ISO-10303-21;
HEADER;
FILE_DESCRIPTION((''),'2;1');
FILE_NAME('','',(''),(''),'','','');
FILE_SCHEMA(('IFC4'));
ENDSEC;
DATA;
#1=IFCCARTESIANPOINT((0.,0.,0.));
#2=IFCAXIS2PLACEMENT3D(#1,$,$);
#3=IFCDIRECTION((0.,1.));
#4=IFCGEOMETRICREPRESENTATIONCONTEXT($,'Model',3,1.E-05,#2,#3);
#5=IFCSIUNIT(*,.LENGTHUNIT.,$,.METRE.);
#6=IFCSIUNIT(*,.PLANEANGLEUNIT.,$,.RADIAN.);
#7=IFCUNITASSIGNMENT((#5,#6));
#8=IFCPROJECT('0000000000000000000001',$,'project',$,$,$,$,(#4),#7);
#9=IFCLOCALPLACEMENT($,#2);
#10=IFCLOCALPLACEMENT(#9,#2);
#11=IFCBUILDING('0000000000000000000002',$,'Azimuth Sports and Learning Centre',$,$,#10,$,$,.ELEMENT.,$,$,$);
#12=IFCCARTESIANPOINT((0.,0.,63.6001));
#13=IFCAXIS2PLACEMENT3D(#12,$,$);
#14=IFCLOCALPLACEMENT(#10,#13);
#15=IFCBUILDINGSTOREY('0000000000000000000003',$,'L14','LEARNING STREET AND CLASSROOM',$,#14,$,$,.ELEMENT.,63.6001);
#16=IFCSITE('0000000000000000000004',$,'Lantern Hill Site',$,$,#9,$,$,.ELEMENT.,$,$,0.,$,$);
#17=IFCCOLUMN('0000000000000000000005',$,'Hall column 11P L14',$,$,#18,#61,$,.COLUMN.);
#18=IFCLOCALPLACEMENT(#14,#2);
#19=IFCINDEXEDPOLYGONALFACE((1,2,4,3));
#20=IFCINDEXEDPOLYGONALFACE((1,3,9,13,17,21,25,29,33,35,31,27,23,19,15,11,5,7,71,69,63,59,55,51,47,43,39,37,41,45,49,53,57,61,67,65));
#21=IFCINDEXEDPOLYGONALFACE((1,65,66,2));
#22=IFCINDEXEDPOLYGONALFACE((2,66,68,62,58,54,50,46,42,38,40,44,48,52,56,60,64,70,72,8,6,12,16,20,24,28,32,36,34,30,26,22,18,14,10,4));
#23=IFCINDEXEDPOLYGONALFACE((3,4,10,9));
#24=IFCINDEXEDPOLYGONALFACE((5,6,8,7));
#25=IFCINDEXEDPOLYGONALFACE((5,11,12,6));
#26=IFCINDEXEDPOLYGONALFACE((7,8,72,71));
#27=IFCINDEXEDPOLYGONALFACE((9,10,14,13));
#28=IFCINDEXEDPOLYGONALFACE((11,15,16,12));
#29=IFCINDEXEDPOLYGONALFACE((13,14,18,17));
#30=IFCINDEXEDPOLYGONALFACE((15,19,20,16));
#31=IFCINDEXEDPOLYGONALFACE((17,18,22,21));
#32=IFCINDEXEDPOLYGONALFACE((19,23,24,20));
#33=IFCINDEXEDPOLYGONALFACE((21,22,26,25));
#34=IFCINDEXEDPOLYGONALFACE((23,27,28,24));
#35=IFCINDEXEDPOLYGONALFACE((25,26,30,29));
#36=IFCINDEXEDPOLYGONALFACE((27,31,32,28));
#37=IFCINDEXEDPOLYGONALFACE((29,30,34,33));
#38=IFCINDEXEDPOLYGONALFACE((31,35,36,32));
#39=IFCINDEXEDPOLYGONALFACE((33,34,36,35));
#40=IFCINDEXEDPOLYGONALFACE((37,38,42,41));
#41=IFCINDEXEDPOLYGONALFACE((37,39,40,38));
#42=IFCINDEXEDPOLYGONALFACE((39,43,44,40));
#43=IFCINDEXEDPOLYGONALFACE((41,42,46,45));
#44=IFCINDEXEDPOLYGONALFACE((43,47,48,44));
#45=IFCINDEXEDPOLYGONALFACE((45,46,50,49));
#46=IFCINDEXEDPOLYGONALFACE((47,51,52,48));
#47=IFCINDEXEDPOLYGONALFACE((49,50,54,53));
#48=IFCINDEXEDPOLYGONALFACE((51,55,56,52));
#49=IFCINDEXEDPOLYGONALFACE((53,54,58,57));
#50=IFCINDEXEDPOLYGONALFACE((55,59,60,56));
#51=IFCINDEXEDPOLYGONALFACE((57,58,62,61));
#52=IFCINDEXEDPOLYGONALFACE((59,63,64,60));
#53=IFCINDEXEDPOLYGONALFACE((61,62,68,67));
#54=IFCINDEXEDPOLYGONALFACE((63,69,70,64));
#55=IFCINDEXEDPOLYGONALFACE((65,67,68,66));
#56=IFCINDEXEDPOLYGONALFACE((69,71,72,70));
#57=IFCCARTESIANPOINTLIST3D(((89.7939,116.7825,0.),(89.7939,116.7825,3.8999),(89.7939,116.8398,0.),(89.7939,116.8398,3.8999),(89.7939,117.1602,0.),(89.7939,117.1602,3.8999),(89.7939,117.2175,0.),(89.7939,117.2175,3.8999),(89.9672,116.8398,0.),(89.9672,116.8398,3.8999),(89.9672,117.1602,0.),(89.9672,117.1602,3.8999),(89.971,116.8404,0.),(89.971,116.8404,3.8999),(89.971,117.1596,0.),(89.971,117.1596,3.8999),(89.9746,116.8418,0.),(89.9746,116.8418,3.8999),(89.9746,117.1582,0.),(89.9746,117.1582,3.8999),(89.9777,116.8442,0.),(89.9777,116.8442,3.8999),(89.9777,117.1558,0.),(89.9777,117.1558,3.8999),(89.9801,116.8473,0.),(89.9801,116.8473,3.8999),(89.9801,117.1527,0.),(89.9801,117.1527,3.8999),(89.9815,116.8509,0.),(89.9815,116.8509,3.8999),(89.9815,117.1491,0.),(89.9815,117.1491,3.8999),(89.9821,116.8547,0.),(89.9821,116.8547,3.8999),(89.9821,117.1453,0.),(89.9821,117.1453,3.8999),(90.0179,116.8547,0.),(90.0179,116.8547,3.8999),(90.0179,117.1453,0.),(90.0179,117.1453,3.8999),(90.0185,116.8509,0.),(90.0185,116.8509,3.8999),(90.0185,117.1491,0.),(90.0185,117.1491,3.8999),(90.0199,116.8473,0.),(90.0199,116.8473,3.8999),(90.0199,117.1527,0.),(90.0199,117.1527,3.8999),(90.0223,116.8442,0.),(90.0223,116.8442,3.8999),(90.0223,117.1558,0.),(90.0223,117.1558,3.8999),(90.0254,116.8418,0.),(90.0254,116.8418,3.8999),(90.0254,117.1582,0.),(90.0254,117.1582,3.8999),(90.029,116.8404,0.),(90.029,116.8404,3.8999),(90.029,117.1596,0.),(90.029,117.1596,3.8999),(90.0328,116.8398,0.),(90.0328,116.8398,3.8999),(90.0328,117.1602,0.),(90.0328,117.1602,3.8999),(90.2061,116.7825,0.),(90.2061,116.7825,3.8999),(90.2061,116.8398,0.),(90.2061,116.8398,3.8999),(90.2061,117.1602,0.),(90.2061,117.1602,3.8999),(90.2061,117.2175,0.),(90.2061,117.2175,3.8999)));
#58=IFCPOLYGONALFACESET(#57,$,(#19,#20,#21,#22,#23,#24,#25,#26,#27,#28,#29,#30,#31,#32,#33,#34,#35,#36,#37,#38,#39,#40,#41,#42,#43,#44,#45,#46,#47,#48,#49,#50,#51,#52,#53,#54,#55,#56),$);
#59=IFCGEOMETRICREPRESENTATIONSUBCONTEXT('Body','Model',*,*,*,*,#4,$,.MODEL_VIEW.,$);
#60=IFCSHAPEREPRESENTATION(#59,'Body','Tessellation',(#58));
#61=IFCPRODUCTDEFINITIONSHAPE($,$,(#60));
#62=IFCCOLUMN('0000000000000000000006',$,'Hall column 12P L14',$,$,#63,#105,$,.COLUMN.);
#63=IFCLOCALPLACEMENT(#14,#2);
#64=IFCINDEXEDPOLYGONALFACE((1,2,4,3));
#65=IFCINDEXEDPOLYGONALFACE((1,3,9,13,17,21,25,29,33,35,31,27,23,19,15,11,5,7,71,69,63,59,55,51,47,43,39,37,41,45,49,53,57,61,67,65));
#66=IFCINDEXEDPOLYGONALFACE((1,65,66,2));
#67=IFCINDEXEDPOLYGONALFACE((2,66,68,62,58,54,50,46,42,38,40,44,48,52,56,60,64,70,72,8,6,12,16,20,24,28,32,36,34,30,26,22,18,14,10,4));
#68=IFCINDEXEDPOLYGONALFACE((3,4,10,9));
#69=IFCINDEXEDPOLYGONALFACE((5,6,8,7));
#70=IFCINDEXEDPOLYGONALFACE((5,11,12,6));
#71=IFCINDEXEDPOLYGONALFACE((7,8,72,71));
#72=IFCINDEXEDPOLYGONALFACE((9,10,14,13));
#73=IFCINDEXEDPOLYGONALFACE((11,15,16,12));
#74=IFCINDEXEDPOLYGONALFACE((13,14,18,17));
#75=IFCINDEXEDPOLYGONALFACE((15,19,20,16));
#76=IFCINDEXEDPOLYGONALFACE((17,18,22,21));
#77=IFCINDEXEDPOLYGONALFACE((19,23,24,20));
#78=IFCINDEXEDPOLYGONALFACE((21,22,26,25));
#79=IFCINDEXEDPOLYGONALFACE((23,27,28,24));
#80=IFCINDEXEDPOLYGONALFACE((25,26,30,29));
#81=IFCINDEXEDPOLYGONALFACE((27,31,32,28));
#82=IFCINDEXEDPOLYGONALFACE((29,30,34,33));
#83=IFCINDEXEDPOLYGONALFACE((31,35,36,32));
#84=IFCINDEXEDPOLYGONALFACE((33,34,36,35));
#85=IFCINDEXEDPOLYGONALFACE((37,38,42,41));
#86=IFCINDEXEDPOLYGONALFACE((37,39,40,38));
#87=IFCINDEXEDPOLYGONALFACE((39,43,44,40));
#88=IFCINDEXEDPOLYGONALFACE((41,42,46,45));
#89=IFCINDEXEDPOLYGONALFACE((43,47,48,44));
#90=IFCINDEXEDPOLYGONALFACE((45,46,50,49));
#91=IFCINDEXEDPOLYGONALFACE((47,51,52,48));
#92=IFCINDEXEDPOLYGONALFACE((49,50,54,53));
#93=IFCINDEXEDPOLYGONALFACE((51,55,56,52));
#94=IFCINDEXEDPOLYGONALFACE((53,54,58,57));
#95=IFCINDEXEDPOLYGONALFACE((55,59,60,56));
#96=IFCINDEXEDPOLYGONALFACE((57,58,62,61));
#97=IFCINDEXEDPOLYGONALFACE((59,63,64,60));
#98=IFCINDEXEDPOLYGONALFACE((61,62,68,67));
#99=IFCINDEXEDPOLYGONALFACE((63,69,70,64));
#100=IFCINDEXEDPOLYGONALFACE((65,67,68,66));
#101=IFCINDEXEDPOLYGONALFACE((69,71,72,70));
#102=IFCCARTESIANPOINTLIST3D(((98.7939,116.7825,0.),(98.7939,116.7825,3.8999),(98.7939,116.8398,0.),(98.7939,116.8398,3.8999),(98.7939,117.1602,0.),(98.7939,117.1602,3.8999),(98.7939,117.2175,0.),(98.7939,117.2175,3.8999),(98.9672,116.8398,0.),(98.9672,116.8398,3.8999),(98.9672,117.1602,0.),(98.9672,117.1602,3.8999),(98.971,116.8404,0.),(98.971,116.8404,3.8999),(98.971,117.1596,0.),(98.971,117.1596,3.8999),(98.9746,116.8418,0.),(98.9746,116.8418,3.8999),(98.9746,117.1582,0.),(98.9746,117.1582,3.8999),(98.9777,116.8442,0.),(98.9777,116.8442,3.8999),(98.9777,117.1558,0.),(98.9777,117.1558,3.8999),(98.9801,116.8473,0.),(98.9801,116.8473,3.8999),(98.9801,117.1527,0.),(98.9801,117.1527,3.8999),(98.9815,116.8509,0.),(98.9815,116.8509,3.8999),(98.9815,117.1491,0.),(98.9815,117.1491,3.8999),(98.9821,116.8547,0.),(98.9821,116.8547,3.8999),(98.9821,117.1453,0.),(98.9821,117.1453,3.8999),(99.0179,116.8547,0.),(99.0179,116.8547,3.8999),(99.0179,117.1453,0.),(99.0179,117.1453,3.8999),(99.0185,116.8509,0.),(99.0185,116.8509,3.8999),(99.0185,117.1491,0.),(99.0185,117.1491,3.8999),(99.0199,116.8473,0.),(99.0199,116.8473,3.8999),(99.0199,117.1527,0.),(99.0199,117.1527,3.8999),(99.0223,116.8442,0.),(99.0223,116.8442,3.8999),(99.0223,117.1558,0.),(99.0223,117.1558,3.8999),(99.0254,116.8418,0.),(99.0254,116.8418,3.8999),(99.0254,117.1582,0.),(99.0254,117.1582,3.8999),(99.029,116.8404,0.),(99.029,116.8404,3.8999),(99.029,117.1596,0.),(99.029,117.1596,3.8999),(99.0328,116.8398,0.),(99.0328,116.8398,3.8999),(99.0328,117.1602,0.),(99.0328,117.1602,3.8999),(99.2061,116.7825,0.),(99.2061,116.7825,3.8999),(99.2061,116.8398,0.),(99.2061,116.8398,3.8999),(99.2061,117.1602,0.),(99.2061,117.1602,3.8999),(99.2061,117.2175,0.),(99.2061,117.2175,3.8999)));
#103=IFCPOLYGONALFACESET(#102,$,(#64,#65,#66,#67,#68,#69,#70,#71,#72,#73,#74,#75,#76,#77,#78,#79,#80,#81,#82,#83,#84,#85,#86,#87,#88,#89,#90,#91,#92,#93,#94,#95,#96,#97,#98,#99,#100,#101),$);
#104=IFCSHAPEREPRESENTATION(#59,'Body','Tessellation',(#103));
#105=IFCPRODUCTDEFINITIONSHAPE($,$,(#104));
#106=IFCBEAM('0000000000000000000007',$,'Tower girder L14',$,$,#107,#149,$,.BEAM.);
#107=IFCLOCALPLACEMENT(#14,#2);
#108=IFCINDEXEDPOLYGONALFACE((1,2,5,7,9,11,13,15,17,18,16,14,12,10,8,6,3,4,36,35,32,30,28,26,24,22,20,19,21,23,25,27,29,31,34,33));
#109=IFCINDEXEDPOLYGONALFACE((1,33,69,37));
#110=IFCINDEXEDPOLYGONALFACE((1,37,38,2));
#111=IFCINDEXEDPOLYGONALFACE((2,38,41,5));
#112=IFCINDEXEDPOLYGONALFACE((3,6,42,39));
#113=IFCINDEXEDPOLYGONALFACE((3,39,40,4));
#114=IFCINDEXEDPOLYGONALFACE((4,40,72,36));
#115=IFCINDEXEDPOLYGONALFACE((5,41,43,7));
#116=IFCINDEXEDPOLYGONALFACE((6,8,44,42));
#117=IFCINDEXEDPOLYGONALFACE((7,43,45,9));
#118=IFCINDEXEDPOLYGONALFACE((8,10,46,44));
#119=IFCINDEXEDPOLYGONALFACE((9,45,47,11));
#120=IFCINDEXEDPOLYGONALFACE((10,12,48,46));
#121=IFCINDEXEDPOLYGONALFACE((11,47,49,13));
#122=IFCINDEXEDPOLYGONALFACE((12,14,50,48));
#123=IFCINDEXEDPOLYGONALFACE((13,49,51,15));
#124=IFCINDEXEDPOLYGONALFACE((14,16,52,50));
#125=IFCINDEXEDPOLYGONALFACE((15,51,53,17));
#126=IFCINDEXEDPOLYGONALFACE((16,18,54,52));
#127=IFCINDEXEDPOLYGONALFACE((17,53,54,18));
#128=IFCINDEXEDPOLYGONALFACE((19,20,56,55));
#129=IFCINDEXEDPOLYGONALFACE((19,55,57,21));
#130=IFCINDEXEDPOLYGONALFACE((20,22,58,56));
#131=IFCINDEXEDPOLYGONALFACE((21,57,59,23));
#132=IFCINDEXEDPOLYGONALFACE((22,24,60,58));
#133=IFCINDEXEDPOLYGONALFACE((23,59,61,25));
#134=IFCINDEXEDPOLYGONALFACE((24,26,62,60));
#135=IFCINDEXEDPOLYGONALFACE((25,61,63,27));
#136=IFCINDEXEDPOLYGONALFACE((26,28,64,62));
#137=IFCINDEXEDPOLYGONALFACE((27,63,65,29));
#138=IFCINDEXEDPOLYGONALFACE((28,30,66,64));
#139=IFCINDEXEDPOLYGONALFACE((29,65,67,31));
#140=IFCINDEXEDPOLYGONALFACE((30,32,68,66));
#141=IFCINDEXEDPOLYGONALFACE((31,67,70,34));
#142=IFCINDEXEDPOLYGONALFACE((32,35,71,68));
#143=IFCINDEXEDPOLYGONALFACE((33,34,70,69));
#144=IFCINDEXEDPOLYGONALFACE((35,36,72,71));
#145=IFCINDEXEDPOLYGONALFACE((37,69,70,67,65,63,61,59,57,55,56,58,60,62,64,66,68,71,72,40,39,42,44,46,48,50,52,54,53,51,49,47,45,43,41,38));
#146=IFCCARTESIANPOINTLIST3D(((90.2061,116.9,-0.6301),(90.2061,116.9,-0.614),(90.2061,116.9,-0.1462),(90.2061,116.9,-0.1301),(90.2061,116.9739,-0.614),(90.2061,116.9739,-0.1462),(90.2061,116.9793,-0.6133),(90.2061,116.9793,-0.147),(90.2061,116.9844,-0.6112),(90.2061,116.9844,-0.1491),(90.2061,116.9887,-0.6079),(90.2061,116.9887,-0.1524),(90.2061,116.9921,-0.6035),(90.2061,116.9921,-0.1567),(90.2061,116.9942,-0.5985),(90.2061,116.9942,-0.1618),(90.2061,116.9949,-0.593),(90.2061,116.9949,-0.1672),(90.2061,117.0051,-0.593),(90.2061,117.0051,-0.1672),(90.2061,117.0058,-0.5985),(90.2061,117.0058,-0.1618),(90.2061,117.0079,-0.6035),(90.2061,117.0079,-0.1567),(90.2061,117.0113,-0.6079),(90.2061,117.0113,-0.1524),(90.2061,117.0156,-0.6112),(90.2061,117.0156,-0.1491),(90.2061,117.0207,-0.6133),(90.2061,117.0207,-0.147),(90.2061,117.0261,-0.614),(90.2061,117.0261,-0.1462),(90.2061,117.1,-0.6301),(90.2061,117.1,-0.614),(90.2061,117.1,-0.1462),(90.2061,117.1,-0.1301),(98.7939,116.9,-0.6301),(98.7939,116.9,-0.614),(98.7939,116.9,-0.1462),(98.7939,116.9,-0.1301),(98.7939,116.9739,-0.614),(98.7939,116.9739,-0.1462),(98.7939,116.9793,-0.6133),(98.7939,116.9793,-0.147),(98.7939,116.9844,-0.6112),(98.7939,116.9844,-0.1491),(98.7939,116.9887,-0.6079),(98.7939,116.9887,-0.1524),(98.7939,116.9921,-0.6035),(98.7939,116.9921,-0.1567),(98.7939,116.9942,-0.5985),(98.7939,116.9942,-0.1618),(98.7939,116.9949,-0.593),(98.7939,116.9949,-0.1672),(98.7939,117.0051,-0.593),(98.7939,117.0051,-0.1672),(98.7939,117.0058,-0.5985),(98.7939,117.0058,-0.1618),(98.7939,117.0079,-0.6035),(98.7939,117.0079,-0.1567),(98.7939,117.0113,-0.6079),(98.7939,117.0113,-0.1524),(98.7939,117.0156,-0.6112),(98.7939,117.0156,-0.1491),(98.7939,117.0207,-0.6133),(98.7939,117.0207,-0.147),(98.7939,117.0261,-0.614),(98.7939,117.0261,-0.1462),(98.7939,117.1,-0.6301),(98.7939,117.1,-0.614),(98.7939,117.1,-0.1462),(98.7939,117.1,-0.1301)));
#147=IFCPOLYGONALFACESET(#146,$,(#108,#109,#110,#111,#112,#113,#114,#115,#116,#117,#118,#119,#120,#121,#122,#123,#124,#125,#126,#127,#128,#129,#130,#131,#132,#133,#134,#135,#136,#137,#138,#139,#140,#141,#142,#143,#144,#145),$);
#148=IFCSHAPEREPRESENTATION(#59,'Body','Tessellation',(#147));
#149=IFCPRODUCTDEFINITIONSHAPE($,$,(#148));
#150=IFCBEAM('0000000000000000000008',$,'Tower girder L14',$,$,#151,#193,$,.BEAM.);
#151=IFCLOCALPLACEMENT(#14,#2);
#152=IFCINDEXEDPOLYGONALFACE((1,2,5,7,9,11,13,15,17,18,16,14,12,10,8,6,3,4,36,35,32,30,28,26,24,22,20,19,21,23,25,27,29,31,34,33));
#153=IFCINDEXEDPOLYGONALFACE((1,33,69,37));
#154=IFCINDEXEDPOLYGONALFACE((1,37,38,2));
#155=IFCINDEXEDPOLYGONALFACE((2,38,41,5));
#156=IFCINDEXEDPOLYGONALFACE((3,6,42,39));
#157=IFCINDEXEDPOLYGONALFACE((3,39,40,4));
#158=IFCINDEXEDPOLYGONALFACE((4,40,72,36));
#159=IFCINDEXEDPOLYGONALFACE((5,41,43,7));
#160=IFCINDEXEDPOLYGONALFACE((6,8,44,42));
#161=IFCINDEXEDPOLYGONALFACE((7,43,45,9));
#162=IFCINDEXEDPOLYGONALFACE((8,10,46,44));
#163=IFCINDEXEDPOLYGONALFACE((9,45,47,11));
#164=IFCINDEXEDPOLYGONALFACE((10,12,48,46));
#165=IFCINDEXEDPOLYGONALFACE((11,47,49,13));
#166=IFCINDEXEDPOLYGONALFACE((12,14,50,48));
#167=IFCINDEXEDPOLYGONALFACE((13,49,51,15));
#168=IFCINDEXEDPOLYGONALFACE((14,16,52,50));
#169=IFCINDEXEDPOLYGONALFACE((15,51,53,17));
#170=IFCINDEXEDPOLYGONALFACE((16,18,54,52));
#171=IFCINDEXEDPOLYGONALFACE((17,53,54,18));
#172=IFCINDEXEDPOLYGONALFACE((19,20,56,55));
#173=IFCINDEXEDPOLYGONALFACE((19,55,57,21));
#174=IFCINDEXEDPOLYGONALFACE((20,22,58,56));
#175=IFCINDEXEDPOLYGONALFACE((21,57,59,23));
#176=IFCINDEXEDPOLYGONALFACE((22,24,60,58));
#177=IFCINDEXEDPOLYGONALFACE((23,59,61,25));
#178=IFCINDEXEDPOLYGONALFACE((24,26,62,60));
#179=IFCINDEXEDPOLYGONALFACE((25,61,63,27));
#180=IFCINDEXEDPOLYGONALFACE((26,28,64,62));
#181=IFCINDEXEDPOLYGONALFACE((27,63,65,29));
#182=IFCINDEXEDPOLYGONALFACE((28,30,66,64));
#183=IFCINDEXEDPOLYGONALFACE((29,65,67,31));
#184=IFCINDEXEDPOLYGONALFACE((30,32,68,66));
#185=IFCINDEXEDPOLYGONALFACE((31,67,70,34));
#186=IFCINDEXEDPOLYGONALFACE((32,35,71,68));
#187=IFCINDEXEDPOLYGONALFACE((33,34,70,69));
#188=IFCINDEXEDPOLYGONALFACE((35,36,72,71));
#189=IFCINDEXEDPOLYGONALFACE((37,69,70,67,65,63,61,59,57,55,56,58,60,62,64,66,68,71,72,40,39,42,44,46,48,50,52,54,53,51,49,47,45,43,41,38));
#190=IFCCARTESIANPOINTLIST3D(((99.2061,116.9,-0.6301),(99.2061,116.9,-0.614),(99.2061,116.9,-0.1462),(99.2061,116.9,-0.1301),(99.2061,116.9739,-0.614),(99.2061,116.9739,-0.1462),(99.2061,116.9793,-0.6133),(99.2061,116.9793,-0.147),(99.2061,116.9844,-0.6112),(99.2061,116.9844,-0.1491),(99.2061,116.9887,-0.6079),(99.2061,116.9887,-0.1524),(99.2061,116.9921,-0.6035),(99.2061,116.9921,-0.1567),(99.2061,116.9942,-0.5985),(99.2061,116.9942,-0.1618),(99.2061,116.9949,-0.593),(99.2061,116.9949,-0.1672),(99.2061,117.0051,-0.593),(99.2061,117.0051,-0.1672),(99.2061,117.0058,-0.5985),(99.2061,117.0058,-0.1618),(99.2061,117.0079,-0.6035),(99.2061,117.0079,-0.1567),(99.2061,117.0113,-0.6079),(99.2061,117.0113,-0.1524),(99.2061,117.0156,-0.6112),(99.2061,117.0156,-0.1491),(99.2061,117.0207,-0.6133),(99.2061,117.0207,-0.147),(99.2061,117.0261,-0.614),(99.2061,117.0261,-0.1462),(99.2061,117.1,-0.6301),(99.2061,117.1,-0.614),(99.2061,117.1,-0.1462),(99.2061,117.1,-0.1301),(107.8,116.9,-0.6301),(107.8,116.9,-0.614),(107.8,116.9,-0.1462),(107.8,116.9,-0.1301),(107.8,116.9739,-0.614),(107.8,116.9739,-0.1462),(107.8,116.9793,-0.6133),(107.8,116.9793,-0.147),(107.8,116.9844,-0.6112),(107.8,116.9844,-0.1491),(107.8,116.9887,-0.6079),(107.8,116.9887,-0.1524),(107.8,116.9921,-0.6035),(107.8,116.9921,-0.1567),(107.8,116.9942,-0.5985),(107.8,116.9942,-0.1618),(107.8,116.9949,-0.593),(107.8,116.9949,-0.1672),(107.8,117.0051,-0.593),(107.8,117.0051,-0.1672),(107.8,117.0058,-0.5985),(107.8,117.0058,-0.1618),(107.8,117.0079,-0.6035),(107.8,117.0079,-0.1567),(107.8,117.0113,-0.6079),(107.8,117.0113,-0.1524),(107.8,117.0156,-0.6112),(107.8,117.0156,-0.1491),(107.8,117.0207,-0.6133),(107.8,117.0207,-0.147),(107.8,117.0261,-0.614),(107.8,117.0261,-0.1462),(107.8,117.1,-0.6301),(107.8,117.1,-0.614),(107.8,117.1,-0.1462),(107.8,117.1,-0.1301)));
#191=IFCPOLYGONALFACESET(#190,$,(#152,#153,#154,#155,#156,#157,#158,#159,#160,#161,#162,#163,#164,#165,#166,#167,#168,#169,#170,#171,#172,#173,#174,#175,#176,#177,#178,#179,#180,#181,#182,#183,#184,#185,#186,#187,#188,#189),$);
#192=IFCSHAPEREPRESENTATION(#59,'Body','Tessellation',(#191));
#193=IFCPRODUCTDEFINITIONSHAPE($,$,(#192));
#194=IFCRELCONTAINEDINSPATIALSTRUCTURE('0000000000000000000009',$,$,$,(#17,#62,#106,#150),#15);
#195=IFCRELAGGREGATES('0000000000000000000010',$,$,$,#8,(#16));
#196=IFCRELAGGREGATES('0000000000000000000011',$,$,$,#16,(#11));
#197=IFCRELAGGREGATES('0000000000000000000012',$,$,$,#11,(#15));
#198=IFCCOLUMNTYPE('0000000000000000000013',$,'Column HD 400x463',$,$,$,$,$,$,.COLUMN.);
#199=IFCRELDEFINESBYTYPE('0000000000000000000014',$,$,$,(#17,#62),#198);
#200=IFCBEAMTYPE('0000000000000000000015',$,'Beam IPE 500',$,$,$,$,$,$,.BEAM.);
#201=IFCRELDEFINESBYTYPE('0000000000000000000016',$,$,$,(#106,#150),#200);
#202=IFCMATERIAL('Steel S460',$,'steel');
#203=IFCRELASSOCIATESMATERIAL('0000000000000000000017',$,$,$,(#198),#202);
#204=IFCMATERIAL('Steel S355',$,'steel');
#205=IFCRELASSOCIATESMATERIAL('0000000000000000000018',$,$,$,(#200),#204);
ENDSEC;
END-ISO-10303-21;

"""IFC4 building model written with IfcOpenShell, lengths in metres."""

from ifc_helpers import new_model, si_unit, direction, frame, origin, origin_2d, place, context, subcontext, project, spatial, i_section, extrude, material, material_profile, profile_set, type_object, element, save


model = new_model("IFC4")

# Units and contexts
model_context = context("Model", 3, precision=1e-05, world=origin(), true_north=direction((0.0, 1.0)))
body_context = subcontext(model_context, "Body", "Model", "MODEL_VIEW")
ifc_project = project(units=[si_unit("LENGTHUNIT", "METRE"), si_unit("PLANEANGLEUNIT", "RADIAN")], contexts=[model_context])

# Site, building, storey
site_placement = place(None, origin())
site = spatial("IfcSite", under=ifc_project, at=site_placement, Name="Lantern Hill Site", CompositionType="ELEMENT", RefElevation=0.0)
building_placement = place(site_placement, origin())
building = spatial("IfcBuilding", under=site, at=building_placement, Name="Azimuth Sports and Learning Centre", CompositionType="ELEMENT")
storey_placement = place(building_placement, frame((0.0, 0.0, 63.6001)))
storey = spatial("IfcBuildingStorey", under=building, at=storey_placement, Name="L14", Description="LEARNING STREET AND CLASSROOM", CompositionType="ELEMENT", Elevation=63.6001)

# Columns
ifc_material_1 = material(Name="Steel S460", Category="steel")
ifc_material_profile_1 = material_profile(ifc_material_1, i_section(OverallWidth=0.4121, OverallDepth=0.4351, WebThickness=0.0359, FlangeThickness=0.0574, FilletRadius=0.0149, at=origin_2d()), Name="HD 400x463")
ifc_profile_set_1 = profile_set([ifc_material_profile_1], Name="Steel S460")
column_type = type_object("IfcColumnType", Name="Column HD 400x463", PredefinedType="COLUMN", material=ifc_profile_set_1)
for number, where, z_axis, x_axis, name in (
    (1, (90.0, 117.0, 0.0), (0.0, 0.0, 1.0), (1.0, 0.0, 0.0), "Hall column 11P L14"),
    (2, (99.0, 117.0, 0.0), (0.0, 0.0, 1.0), (1.0, 0.0, 0.0), "Hall column 12P L14"),
):
    element("IfcColumn", number, at=place(storey_placement, frame(where, z_axis=z_axis, x_axis=x_axis)), inside=storey, type_object=column_type, Name=name, PredefinedType="COLUMN", context=body_context, shape_type="SweptSolid", body=[
        extrude(i_section(OverallWidth=0.4121, OverallDepth=0.4351, WebThickness=0.0359, FlangeThickness=0.0574, FilletRadius=0.0149, at=origin_2d()), origin(), (0.0, 0.0, 1.0), 3.8999),
    ])

# Beams
ifc_material_2 = material(Name="Steel S355", Category="steel")
ifc_material_profile_2 = material_profile(ifc_material_2, i_section(OverallWidth=0.2, OverallDepth=0.5, WebThickness=0.0103, FlangeThickness=0.0161, FilletRadius=0.021, at=origin_2d()), Name="IPE 500")
ifc_profile_set_2 = profile_set([ifc_material_profile_2], Name="Steel S355")
beam_type_1 = type_object("IfcBeamType", Name="Beam IPE 500", PredefinedType="BEAM", material=ifc_profile_set_2)
beam_1_placement = place(storey_placement, frame((90.2061, 117.0, -0.3801), z_axis=(1.0, 0.0, 0.0), x_axis=(0.0, 1.0, 0.0)))
element("IfcBeam", 3, at=beam_1_placement, inside=storey, type_object=beam_type_1, Name="Tower girder L14", PredefinedType="BEAM", context=body_context, shape_type="SweptSolid", body=[
    extrude(i_section(OverallWidth=0.2, OverallDepth=0.5, WebThickness=0.0103, FlangeThickness=0.0161, FilletRadius=0.021, at=origin_2d()), origin(), (0.0, 0.0, 1.0), 8.5879),
])
beam_2_placement = place(storey_placement, frame((99.2061, 117.0, -0.3801), z_axis=(1.0, 0.0, 0.0), x_axis=(0.0, 1.0, 0.0)))
element("IfcBeam", 4, at=beam_2_placement, inside=storey, type_object=beam_type_1, Name="Tower girder L14", PredefinedType="BEAM", context=body_context, shape_type="SweptSolid", body=[
    extrude(i_section(OverallWidth=0.2, OverallDepth=0.5, WebThickness=0.0103, FlangeThickness=0.0161, FilletRadius=0.021, at=origin_2d()), origin(), (0.0, 0.0, 1.0), 8.594),
])

save(model, "model.ifc")
